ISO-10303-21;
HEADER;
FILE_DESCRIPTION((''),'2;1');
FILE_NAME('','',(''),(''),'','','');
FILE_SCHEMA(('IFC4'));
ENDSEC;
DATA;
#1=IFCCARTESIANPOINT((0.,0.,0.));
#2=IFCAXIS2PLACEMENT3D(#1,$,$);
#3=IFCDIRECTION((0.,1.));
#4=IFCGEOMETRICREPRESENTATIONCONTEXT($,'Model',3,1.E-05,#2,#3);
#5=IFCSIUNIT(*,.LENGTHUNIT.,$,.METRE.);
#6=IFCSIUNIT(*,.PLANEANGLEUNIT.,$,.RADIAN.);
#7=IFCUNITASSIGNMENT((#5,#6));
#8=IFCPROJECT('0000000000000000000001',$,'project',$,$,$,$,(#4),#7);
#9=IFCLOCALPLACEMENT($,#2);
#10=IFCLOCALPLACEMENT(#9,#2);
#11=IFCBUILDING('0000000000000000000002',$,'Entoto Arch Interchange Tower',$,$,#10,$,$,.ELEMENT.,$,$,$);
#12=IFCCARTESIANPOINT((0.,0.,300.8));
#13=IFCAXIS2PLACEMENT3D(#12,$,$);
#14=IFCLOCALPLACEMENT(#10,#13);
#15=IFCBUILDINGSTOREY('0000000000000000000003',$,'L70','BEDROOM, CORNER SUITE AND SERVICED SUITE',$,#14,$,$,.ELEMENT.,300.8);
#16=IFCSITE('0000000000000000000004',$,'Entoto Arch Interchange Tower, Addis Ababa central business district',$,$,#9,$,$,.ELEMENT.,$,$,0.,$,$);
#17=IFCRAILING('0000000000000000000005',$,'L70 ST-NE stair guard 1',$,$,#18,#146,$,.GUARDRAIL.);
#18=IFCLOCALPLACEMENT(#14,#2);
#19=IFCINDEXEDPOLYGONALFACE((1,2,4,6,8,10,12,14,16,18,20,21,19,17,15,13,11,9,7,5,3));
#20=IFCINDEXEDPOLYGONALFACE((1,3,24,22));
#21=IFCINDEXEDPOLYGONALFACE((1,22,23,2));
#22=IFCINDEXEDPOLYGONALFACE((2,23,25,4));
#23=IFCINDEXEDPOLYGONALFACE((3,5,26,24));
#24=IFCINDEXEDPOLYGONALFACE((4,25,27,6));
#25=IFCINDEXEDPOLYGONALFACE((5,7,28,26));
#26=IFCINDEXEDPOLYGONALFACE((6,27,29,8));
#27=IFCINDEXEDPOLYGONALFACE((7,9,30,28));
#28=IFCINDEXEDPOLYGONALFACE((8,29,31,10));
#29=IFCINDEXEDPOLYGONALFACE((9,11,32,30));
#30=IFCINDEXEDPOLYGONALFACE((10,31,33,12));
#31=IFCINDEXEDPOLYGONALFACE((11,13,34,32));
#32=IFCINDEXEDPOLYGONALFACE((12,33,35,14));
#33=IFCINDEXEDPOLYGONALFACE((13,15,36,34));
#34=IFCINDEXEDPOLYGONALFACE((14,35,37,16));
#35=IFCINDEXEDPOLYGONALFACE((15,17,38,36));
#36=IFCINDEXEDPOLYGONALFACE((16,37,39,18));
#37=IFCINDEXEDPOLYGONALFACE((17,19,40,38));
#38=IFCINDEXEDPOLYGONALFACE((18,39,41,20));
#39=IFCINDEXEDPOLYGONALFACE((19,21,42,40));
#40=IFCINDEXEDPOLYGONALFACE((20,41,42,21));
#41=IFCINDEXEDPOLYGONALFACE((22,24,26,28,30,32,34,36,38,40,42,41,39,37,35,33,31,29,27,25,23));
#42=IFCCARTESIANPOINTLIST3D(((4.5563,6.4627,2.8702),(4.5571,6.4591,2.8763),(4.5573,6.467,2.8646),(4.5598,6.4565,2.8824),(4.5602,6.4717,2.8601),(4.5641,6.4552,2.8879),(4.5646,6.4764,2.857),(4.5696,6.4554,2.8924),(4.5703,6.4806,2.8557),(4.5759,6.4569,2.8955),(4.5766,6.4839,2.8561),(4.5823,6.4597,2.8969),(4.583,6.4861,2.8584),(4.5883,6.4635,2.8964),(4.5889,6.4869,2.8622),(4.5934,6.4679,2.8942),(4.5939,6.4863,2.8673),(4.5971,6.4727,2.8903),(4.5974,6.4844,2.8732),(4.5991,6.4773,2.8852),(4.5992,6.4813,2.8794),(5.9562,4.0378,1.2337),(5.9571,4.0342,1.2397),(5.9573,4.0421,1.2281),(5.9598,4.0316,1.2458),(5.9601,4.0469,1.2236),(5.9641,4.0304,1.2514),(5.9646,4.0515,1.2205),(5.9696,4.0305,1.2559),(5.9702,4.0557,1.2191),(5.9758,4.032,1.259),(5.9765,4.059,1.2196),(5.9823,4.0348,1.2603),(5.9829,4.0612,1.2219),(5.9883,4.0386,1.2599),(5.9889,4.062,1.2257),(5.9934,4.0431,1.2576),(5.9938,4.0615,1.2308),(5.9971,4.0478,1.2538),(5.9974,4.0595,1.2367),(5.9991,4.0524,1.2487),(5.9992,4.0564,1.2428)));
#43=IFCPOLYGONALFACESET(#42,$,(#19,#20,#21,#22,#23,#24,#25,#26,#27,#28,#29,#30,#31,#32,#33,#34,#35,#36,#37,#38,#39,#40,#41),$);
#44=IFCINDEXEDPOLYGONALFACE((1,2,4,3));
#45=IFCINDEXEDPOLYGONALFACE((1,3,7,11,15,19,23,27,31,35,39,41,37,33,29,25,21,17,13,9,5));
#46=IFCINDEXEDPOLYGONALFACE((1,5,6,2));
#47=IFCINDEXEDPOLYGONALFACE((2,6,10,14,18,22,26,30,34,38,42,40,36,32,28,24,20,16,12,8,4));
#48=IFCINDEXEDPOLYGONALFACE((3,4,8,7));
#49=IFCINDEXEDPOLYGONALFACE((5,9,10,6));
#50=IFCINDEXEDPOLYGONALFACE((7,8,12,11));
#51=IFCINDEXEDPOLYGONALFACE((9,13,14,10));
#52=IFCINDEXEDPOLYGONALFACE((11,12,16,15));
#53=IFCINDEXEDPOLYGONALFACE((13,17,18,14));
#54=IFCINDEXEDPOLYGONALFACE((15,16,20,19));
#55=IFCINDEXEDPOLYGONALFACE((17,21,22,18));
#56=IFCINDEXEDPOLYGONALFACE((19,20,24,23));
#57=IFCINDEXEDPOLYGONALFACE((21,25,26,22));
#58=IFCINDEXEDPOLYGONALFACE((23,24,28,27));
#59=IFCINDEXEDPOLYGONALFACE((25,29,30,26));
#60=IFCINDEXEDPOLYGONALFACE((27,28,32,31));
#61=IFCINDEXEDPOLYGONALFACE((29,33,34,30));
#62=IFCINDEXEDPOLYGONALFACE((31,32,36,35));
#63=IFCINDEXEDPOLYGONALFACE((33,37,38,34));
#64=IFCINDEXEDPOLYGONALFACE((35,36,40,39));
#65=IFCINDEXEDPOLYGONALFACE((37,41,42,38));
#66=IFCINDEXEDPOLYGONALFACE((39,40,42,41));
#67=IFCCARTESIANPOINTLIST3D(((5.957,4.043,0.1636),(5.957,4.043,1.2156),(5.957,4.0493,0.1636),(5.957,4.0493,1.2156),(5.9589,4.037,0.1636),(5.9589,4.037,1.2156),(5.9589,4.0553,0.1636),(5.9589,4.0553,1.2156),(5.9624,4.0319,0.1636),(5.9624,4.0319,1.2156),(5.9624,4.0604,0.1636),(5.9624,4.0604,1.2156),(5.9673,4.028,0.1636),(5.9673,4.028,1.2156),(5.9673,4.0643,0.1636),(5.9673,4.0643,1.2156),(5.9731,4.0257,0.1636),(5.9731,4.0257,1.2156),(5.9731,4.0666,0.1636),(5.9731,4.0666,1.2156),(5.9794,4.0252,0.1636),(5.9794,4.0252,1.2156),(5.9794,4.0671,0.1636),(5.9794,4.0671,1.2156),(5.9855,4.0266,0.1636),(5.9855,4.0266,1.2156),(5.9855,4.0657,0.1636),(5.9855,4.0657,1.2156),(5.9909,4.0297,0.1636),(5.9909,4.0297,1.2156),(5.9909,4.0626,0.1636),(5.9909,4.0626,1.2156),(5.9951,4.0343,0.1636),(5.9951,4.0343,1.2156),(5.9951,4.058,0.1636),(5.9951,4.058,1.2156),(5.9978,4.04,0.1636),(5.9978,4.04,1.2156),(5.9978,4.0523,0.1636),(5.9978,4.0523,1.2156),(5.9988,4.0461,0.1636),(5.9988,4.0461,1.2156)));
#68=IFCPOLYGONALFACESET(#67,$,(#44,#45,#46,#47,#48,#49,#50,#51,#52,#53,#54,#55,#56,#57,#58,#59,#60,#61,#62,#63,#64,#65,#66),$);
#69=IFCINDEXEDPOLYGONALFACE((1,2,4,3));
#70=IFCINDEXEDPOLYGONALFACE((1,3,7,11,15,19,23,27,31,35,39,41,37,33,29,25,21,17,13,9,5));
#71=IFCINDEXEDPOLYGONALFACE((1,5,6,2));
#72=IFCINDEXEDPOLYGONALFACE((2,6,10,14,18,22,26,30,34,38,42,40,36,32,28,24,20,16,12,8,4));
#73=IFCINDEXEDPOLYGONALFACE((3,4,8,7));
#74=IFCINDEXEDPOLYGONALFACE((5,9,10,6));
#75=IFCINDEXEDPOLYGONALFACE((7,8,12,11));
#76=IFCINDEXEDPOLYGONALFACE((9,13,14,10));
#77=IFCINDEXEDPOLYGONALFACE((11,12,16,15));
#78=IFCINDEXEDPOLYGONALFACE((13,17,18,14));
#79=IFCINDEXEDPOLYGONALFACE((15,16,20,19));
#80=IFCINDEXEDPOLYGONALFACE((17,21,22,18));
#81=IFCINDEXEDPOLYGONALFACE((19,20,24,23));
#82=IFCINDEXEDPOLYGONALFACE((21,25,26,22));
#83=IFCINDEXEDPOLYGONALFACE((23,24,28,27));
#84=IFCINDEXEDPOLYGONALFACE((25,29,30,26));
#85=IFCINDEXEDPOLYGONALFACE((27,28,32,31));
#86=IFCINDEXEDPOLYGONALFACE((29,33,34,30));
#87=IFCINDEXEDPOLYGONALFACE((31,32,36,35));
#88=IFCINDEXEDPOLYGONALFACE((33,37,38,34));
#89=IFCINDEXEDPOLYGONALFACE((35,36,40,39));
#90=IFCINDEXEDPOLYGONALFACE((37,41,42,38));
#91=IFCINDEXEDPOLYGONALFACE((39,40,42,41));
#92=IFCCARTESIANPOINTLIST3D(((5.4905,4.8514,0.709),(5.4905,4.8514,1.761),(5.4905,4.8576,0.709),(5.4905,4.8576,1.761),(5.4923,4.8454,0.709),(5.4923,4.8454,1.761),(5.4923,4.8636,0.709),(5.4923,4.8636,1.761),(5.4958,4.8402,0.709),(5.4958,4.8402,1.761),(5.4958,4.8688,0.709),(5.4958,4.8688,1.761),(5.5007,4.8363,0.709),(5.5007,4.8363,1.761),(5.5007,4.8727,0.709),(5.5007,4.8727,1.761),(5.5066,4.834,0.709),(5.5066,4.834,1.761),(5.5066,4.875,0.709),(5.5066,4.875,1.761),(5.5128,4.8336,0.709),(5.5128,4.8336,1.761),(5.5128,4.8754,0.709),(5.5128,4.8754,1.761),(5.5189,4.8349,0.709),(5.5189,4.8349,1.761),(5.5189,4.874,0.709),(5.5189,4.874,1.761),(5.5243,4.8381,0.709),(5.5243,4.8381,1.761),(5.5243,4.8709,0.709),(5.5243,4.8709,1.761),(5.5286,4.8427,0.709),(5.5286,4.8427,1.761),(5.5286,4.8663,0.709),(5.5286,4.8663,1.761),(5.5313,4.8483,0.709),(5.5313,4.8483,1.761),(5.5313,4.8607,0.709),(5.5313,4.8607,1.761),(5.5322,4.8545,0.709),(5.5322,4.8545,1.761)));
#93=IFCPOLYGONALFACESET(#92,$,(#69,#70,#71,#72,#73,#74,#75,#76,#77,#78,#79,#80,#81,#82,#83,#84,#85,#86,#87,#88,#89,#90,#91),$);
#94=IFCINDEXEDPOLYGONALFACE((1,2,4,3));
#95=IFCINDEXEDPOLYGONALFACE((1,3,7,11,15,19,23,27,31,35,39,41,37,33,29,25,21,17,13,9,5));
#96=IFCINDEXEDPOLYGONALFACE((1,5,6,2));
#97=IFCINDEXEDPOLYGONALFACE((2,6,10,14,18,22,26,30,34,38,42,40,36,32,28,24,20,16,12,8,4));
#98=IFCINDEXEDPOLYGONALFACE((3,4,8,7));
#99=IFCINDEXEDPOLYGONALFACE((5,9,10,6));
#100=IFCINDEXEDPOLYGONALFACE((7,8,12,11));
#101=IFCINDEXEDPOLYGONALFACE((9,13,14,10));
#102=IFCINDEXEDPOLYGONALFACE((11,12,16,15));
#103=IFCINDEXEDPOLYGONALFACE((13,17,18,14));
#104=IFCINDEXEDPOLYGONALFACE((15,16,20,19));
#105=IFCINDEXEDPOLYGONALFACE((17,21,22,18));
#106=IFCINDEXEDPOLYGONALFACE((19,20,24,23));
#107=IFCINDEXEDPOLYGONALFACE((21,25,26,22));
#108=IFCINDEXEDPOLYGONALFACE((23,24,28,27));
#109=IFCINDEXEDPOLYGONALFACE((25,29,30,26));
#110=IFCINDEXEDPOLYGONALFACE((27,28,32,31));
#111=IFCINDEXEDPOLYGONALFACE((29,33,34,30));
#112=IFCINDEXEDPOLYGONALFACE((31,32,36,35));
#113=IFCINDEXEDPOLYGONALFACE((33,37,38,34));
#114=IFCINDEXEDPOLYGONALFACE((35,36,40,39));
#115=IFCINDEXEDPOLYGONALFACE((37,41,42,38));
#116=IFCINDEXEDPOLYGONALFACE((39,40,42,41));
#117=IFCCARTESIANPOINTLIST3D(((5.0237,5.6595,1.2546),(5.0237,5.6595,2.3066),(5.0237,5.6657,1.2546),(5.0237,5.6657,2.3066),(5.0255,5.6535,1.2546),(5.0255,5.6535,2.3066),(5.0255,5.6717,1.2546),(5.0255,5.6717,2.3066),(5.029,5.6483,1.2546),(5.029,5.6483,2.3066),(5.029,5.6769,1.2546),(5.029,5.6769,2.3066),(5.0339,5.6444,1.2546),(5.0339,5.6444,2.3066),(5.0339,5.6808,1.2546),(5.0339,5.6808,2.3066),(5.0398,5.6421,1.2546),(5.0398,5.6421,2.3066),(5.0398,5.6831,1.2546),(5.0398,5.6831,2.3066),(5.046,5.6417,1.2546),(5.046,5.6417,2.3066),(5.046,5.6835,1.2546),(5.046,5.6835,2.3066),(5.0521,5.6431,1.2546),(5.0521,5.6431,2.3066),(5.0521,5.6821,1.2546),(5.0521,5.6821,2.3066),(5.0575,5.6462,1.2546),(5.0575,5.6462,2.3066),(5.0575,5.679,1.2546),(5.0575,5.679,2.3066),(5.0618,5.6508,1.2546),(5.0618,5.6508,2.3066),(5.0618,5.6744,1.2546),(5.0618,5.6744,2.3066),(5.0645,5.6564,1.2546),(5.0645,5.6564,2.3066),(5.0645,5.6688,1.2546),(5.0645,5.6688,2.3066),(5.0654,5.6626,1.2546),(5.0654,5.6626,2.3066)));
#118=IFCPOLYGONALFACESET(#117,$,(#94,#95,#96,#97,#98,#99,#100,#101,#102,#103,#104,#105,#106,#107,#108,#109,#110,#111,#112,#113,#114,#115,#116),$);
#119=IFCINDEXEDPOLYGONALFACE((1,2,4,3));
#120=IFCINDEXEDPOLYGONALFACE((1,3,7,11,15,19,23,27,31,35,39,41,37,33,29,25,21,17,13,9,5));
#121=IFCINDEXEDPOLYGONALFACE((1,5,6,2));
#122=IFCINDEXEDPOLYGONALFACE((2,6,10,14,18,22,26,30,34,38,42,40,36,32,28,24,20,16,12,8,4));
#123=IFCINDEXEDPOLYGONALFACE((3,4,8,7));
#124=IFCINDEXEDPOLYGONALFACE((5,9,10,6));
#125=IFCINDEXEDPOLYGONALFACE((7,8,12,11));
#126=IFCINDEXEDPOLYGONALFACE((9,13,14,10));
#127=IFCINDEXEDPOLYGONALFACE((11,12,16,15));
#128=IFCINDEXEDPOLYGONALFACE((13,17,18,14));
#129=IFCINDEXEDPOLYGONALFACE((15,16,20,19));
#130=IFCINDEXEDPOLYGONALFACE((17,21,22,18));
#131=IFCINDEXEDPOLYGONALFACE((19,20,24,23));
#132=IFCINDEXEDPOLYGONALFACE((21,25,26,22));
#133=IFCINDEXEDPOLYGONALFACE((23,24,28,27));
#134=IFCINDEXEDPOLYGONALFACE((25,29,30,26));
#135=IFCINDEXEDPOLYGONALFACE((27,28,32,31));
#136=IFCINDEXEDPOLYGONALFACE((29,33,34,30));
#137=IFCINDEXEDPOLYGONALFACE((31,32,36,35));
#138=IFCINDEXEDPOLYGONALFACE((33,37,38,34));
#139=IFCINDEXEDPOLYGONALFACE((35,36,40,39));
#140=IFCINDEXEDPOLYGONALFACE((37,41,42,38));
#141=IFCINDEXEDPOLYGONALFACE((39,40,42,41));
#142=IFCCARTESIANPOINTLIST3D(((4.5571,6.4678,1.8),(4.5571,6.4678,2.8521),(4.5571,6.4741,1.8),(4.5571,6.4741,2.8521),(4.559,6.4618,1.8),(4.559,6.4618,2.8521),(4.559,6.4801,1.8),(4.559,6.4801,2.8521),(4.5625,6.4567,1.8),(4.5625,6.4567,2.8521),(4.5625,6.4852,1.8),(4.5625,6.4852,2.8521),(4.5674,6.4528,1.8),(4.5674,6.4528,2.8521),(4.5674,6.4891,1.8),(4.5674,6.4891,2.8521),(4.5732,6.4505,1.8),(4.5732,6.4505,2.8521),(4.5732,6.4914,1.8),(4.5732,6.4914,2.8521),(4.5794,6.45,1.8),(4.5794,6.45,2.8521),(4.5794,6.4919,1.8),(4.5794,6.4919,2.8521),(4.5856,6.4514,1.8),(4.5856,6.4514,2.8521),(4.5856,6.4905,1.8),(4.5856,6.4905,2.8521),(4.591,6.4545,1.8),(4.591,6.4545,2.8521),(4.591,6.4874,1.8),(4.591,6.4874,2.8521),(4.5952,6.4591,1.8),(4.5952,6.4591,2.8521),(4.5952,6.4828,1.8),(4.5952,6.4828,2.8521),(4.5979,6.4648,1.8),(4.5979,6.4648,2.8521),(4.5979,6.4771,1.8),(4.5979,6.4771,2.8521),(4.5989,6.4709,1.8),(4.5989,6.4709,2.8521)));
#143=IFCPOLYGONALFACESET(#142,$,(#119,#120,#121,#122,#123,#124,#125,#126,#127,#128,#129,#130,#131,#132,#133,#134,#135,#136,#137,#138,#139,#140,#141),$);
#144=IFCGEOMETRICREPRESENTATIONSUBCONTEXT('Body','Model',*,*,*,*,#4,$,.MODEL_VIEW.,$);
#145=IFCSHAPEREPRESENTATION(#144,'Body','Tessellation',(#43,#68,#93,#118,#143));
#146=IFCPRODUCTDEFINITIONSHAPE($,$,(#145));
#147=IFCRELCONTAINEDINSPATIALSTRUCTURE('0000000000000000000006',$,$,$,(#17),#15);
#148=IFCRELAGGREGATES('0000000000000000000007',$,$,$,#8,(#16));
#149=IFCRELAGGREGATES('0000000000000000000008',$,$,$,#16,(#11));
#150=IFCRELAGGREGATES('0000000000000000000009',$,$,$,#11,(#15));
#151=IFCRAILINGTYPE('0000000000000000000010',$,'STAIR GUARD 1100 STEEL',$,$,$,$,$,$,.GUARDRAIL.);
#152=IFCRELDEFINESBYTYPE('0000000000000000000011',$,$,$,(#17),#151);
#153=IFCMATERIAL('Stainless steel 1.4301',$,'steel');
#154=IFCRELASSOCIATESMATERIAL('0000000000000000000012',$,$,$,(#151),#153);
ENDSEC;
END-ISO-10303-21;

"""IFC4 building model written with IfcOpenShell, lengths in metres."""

from ifc_helpers import new_model, si_unit, direction, frame, origin, origin_2d, place, context, subcontext, project, spatial, circle, extrude, material, type_object, element, save


model = new_model("IFC4")

# Units and contexts
model_context = context("Model", 3, precision=1e-05, world=origin(), true_north=direction((0.0, 1.0)))
body_context = subcontext(model_context, "Body", "Model", "MODEL_VIEW")
ifc_project = project(units=[si_unit("LENGTHUNIT", "METRE"), si_unit("PLANEANGLEUNIT", "RADIAN")], contexts=[model_context])

# Site, building, storey
site_placement = place(None, origin())
site = spatial("IfcSite", under=ifc_project, at=site_placement, Name="Entoto Arch Interchange Tower, Addis Ababa central business district", CompositionType="ELEMENT", RefElevation=0.0)
building_placement = place(site_placement, origin())
building = spatial("IfcBuilding", under=site, at=building_placement, Name="Entoto Arch Interchange Tower", CompositionType="ELEMENT")
storey_placement = place(building_placement, frame((0.0, 0.0, 300.8)))
storey = spatial("IfcBuildingStorey", under=building, at=storey_placement, Name="L70", Description="BEDROOM, CORNER SUITE AND SERVICED SUITE", CompositionType="ELEMENT", Elevation=300.8)

# Railing
ifc_material_1 = material(Name="Stainless steel 1.4301", Category="steel")
railing_type_1 = type_object("IfcRailingType", Name="STAIR GUARD 1100 STEEL", PredefinedType="GUARDRAIL", material=ifc_material_1)
railing_1_placement = place(storey_placement, frame((5.9778, 4.0461, 0.1636)))
element("IfcRailing", 1, at=railing_1_placement, inside=storey, type_object=railing_type_1, Name="L70 ST-NE stair guard 1", PredefinedType="GUARDRAIL", context=body_context, shape_type="SweptSolid", body=[
    extrude(circle(Radius=0.0239, at=origin_2d()), frame((0.0, 0.0, 1.0762), z_axis=(-0.431661, 0.74769, 0.504608), x_axis=(-0.866035, -0.499984, 0.0)), (0.0, 0.0, 1.0), 3.2432),
    extrude(circle(Radius=0.021, at=origin_2d()), origin(), (0.0, 0.0, 1.0), 1.052),
    extrude(circle(Radius=0.021, at=origin_2d()), frame((-0.4666, 0.8083, 0.5454)), (0.0, 0.0, 1.0), 1.052),
    extrude(circle(Radius=0.021, at=origin_2d()), frame((-0.9333, 1.6165, 1.0911)), (0.0, 0.0, 1.0), 1.052),
    extrude(circle(Radius=0.021, at=origin_2d()), frame((-1.3999, 2.4248, 1.6365)), (0.0, 0.0, 1.0), 1.052),
])

save(model, "model.ifc")
